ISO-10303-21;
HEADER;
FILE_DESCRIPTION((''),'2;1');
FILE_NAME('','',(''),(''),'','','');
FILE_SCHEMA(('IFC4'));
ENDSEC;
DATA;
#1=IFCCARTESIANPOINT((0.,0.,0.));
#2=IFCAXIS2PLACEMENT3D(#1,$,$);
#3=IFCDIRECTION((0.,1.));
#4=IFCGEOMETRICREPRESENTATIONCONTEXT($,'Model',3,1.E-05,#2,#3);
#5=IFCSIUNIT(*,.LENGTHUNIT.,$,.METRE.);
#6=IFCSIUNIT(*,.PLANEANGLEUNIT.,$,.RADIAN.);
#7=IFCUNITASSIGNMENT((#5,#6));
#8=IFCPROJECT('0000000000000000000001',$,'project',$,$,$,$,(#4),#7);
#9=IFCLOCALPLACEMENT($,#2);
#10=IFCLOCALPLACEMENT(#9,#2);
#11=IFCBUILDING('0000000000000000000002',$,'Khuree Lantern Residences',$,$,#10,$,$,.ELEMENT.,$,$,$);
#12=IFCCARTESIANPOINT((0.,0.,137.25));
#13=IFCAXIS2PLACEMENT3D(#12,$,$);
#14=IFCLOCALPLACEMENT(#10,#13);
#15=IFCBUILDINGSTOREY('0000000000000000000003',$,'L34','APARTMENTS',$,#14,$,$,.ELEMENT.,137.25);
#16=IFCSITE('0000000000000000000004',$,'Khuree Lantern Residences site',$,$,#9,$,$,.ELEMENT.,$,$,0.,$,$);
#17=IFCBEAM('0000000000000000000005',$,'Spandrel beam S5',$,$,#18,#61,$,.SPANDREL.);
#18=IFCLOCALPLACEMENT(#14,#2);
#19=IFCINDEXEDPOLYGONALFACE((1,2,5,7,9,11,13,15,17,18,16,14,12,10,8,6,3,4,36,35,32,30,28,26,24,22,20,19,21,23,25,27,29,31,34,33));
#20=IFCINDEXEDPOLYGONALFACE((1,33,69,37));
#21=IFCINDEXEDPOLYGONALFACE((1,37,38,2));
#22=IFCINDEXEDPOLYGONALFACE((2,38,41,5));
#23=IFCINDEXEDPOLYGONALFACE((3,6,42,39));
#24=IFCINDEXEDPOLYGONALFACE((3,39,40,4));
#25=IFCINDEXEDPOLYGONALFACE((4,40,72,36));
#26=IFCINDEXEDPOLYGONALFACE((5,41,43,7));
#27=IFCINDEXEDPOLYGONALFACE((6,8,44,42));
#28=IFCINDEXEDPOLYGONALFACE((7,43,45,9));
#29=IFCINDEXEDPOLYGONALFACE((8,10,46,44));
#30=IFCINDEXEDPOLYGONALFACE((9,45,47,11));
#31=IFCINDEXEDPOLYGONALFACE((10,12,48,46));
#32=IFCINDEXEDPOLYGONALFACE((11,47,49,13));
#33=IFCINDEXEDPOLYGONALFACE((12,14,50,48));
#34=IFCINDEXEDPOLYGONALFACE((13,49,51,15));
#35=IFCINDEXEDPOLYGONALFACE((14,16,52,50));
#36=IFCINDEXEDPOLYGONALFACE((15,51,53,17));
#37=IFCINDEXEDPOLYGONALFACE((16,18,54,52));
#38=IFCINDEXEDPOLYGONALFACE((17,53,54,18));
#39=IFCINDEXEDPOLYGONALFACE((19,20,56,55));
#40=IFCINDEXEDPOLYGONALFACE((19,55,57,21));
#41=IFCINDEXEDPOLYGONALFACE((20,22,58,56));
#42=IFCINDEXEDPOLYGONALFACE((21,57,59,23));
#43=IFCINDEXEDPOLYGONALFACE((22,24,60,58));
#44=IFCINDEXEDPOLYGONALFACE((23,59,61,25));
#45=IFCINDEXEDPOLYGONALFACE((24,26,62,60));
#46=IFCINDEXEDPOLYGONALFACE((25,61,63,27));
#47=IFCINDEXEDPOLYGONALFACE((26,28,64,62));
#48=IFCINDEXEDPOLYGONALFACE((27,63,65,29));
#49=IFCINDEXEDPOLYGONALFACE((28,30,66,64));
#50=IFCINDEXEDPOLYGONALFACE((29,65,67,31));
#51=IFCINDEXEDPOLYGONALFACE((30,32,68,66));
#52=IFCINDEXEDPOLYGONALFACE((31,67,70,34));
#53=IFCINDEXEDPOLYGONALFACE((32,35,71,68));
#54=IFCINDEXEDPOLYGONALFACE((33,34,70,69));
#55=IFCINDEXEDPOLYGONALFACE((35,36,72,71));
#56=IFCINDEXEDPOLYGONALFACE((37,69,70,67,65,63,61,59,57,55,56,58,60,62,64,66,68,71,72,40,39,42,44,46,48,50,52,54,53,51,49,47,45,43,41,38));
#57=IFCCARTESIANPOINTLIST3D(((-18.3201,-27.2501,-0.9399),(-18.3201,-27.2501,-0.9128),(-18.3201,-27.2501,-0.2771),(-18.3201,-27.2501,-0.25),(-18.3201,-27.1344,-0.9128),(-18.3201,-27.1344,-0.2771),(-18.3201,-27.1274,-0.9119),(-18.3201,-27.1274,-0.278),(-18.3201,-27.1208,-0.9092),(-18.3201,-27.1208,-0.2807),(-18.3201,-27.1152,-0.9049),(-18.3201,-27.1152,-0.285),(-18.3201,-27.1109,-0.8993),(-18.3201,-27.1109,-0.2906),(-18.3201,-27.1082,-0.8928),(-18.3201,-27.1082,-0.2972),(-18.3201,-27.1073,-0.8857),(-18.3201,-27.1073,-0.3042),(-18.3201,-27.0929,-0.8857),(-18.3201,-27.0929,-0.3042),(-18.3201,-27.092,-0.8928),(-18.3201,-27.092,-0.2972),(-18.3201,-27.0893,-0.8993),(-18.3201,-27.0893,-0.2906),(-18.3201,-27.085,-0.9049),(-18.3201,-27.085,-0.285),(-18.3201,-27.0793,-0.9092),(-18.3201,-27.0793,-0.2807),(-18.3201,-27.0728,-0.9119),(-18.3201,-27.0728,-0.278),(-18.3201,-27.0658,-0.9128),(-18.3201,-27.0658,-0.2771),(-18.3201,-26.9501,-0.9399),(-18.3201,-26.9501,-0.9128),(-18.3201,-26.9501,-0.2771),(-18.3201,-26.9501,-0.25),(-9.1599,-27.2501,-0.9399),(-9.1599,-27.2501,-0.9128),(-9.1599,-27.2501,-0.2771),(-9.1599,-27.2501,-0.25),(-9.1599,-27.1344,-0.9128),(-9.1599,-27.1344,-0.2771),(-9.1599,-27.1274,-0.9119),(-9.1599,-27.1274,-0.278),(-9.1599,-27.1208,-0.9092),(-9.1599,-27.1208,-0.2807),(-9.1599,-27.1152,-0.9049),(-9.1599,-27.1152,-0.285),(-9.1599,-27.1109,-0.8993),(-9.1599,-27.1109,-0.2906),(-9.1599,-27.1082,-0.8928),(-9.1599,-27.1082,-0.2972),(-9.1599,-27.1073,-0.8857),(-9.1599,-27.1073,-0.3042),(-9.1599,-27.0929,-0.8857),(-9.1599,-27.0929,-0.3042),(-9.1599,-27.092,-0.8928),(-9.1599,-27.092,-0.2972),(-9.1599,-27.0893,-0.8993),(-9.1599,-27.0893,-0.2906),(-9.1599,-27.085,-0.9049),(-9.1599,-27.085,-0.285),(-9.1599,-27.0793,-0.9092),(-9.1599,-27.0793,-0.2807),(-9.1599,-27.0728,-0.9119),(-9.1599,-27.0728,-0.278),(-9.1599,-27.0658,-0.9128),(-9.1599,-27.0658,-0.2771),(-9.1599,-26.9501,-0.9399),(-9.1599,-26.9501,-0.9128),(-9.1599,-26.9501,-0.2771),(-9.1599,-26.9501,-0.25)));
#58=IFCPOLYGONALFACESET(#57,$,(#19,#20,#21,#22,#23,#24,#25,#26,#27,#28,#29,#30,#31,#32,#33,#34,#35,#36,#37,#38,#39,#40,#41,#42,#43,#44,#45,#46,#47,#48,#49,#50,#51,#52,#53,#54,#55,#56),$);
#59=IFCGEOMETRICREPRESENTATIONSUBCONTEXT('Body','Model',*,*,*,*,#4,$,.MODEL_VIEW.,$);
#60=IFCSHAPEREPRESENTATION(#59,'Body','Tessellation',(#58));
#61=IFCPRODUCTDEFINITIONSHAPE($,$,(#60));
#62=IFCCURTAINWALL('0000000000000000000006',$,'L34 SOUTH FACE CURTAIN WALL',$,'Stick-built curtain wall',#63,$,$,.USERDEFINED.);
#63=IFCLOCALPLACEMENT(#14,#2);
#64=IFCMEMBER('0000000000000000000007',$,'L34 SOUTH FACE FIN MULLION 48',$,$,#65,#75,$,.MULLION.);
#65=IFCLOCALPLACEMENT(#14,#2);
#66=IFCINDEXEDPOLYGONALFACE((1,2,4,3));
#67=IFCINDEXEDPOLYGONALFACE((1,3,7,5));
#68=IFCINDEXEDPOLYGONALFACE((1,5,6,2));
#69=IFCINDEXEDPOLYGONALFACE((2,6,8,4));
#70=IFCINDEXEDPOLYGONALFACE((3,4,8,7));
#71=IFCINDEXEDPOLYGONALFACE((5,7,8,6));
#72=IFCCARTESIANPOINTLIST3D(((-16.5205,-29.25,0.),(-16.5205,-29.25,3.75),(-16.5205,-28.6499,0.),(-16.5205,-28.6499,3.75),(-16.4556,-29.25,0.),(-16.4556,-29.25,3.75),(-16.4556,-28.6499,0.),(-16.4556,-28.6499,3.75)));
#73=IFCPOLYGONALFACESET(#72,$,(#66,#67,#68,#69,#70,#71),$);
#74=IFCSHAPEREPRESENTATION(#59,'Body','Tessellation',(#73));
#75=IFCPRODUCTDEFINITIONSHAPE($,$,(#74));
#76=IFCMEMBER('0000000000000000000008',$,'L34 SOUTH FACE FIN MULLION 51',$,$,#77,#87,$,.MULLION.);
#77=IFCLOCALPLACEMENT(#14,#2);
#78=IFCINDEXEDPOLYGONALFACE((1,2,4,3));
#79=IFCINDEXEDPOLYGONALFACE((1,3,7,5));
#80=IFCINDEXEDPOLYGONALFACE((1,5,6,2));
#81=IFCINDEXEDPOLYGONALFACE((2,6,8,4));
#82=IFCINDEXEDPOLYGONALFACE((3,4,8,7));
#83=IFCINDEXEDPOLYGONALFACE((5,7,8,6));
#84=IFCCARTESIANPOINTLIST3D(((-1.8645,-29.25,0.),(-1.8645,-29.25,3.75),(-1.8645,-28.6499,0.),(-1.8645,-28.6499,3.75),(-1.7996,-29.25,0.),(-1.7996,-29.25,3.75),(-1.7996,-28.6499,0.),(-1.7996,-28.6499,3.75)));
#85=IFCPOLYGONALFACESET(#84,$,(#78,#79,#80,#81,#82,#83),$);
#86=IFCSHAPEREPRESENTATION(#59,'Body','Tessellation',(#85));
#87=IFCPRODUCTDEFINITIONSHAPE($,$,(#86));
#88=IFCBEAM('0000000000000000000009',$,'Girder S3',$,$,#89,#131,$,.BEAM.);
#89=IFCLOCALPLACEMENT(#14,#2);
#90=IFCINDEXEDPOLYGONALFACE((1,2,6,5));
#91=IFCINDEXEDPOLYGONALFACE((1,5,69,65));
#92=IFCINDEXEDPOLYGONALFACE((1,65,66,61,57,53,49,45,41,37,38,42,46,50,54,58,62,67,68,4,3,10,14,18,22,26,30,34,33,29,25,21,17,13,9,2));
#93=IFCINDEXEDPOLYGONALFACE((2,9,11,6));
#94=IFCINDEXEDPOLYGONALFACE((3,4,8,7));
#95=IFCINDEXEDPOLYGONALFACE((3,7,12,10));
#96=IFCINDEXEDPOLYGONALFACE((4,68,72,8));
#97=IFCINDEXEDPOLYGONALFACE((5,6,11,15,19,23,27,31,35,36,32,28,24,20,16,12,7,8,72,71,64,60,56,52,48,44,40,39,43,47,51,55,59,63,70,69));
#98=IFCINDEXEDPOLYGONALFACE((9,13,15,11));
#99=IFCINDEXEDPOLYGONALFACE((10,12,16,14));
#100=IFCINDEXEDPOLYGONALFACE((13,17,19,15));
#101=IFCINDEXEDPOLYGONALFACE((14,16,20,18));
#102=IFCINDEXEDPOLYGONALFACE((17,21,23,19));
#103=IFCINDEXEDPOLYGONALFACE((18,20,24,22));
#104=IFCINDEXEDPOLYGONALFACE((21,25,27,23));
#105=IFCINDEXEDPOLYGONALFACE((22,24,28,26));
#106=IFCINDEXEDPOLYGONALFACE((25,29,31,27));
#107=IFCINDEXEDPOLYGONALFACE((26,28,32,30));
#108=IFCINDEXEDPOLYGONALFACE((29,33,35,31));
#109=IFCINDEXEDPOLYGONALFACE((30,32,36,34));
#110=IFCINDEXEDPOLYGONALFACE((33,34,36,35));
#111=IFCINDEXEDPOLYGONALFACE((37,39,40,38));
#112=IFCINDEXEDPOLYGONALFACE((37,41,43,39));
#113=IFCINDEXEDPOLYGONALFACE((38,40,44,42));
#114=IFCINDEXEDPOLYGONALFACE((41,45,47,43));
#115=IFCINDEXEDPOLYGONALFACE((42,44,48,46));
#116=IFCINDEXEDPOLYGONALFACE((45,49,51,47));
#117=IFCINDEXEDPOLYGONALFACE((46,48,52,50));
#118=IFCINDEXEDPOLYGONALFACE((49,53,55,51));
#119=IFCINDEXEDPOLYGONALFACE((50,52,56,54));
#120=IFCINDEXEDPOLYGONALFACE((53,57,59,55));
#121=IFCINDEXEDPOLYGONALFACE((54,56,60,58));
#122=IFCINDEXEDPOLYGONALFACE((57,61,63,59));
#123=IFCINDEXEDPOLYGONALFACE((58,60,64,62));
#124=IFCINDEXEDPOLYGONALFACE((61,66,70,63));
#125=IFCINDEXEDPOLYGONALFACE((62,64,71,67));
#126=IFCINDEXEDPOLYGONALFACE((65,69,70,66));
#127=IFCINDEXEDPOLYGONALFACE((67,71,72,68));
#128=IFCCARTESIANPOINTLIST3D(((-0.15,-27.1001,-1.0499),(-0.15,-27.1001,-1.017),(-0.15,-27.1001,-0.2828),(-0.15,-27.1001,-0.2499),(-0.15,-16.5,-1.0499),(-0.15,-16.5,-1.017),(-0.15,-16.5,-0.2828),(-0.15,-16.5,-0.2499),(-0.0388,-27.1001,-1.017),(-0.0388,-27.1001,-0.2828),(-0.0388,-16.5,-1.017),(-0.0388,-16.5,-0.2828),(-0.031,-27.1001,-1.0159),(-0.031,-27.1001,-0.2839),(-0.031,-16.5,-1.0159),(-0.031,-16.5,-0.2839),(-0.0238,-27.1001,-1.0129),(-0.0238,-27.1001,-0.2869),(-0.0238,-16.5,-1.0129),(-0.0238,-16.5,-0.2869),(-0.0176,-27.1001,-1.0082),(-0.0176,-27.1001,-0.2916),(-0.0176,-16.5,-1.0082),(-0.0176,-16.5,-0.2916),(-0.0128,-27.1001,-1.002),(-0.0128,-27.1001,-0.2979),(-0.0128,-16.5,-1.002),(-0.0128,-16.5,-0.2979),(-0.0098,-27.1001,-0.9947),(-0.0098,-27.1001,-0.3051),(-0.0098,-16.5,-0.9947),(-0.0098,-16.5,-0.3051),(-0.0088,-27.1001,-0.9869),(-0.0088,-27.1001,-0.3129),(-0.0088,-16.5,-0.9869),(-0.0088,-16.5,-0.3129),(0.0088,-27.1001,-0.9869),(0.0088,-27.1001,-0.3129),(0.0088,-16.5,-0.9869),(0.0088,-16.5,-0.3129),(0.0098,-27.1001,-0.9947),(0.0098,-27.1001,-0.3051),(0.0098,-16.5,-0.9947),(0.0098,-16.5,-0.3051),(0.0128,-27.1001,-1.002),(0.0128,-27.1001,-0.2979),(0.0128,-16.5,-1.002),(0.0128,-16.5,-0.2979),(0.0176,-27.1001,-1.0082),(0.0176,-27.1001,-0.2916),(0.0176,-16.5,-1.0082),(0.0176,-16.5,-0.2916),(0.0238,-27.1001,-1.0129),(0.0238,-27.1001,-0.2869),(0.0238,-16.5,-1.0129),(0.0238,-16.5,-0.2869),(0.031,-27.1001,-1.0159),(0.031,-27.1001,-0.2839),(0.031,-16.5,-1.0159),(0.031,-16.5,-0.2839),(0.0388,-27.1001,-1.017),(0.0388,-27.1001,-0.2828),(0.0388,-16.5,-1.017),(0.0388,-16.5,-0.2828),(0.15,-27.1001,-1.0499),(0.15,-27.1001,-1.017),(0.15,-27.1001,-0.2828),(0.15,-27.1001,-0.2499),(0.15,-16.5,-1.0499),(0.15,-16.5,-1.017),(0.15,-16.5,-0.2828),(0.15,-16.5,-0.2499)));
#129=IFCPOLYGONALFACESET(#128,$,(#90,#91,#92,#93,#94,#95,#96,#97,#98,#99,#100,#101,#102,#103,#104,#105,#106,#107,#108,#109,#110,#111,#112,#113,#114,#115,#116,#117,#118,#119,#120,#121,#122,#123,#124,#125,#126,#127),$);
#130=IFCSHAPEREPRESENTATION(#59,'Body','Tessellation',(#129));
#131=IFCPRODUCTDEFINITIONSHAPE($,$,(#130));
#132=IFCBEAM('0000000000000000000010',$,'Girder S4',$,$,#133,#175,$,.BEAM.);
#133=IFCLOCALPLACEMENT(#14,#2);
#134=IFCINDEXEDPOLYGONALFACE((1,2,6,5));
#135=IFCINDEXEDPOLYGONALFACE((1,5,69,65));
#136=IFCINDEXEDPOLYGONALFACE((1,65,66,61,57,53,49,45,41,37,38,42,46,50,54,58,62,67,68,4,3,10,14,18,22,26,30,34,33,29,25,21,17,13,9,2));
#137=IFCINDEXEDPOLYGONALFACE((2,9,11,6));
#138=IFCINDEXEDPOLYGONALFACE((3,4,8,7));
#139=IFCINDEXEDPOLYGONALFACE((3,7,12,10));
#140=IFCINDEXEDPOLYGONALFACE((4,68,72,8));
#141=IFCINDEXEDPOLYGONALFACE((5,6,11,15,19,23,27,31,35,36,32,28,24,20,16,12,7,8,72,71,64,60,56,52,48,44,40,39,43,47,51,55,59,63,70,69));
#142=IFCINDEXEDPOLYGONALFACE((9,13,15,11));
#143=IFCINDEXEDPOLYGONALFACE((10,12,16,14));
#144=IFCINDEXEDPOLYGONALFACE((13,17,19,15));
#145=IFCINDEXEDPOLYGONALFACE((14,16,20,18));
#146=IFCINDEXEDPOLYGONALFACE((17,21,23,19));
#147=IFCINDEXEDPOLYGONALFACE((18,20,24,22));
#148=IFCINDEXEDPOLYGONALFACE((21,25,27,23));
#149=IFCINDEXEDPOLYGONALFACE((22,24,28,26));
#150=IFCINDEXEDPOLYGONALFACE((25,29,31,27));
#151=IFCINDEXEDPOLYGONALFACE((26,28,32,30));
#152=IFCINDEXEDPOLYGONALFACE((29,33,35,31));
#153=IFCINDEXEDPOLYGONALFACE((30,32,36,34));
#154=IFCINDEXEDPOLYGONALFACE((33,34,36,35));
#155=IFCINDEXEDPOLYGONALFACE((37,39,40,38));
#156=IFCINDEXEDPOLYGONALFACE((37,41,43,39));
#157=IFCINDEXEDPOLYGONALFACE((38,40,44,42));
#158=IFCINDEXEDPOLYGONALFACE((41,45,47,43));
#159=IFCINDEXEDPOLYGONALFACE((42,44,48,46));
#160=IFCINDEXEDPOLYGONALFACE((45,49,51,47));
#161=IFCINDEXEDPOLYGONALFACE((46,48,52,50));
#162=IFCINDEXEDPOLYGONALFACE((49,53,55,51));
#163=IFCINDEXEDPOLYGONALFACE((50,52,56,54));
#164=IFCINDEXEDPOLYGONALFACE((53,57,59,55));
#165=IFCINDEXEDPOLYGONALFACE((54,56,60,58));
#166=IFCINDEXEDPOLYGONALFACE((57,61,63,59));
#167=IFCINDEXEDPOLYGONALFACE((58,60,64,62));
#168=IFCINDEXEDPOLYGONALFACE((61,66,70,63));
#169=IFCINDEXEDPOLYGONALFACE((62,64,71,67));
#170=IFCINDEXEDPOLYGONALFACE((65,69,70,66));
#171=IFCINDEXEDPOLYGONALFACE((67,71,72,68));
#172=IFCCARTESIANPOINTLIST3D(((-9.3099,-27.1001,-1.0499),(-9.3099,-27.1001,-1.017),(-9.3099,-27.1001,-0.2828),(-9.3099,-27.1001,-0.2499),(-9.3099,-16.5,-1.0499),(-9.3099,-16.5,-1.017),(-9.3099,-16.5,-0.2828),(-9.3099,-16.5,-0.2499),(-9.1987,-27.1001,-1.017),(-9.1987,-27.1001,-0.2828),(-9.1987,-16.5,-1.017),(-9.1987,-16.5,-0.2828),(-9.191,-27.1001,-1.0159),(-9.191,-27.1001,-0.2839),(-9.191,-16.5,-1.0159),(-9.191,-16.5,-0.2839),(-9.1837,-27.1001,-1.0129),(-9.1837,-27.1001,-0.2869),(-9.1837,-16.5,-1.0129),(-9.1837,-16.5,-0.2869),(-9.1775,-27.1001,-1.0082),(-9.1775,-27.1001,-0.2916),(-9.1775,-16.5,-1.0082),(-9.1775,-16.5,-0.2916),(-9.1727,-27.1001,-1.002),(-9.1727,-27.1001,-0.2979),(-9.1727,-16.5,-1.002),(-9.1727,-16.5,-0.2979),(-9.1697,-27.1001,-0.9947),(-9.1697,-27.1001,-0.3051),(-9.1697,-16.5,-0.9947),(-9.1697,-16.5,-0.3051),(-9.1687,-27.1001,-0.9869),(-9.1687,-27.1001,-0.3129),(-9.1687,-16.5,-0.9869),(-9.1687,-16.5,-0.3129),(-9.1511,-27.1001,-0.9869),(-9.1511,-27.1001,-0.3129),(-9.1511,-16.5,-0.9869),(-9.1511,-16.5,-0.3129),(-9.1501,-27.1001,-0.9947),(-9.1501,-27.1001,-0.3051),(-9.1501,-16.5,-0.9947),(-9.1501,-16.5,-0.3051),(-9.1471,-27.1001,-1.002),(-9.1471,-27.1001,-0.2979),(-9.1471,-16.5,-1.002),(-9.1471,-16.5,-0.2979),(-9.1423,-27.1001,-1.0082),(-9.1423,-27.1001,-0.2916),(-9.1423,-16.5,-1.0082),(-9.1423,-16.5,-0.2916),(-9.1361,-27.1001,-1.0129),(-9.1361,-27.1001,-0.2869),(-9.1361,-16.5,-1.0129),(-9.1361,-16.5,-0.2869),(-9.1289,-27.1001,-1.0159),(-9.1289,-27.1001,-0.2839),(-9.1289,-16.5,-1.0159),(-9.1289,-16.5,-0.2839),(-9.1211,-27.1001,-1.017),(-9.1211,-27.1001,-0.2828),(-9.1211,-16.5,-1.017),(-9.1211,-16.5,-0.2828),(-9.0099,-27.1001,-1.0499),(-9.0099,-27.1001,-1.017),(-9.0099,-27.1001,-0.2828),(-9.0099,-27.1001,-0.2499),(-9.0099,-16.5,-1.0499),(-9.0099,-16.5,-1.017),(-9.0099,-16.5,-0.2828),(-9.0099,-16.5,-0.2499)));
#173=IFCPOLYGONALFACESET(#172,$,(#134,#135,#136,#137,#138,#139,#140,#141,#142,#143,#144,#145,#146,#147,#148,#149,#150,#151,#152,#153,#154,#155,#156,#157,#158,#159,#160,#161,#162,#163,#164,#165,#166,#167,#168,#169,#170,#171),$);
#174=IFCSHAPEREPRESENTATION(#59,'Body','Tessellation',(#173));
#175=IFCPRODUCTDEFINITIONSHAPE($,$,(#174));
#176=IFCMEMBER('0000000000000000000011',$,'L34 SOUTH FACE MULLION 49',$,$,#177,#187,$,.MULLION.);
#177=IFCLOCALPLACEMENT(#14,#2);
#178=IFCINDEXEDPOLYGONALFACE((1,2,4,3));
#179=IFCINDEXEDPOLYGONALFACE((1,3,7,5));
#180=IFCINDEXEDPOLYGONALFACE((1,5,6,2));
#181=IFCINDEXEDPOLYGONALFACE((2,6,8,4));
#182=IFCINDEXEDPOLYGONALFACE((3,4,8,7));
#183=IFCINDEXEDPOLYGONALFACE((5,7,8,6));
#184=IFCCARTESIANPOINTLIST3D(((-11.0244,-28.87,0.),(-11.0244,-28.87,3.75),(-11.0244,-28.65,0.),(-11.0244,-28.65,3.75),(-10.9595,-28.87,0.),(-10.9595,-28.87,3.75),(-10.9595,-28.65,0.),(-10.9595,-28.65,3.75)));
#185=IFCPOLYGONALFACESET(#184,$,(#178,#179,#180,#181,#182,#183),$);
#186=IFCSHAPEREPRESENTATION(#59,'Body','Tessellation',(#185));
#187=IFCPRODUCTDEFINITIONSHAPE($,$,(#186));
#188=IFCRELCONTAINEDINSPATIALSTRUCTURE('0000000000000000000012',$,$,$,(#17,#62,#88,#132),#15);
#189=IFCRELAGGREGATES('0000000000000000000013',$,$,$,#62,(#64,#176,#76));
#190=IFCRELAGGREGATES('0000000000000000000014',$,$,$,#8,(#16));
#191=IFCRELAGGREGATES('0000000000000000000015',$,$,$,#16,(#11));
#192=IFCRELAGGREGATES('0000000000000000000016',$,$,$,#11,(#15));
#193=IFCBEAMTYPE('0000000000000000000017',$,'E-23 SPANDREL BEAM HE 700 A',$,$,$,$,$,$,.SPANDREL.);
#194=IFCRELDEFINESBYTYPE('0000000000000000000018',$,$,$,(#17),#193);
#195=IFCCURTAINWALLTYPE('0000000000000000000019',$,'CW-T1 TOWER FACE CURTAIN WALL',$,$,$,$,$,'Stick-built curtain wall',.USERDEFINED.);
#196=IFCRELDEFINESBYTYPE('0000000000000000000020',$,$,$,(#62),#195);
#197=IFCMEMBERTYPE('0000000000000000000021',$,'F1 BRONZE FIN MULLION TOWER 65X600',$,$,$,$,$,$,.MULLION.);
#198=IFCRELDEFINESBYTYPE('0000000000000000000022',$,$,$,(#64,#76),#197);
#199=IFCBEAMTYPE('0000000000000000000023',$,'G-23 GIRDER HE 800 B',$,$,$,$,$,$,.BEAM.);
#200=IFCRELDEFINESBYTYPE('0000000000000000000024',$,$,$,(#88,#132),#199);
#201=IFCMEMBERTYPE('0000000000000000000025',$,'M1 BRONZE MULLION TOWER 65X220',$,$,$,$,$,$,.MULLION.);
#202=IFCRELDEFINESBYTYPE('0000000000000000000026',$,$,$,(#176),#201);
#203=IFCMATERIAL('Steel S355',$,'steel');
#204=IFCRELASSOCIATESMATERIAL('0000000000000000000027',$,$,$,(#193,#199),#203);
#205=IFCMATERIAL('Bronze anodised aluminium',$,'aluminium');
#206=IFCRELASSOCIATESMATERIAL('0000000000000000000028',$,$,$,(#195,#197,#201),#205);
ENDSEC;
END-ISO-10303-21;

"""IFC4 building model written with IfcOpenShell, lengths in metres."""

from ifc_helpers import new_model, si_unit, direction, frame, origin, origin_2d, place, context, subcontext, project, spatial, rectangle, i_section, extrude, material, material_profile, profile_set, type_object, element, aggregate, save


model = new_model("IFC4")

# Units and contexts
model_context = context("Model", 3, precision=1e-05, world=origin(), true_north=direction((0.0, 1.0)))
body_context = subcontext(model_context, "Body", "Model", "MODEL_VIEW")
ifc_project = project(units=[si_unit("LENGTHUNIT", "METRE"), si_unit("PLANEANGLEUNIT", "RADIAN")], contexts=[model_context])

# Site, building, storey
site_placement = place(None, origin())
site = spatial("IfcSite", under=ifc_project, at=site_placement, Name="Khuree Lantern Residences site", CompositionType="ELEMENT", RefElevation=0.0)
building_placement = place(site_placement, origin())
building = spatial("IfcBuilding", under=site, at=building_placement, Name="Khuree Lantern Residences", CompositionType="ELEMENT")
storey_placement = place(building_placement, frame((0.0, 0.0, 137.25)))
storey = spatial("IfcBuildingStorey", under=building, at=storey_placement, Name="L34", Description="APARTMENTS", CompositionType="ELEMENT", Elevation=137.25)

# Beam
ifc_material_1 = material(Name="Steel S355", Category="steel")
ifc_material_profile_1 = material_profile(ifc_material_1, i_section(OverallWidth=0.3, OverallDepth=0.6899, WebThickness=0.0144, FlangeThickness=0.0271, FilletRadius=0.0271, at=origin_2d()), Name="HE 700 A")
ifc_profile_set_1 = profile_set([ifc_material_profile_1], Name="Steel S355")
beam_type_1 = type_object("IfcBeamType", Name="E-23 SPANDREL BEAM HE 700 A", PredefinedType="SPANDREL", material=ifc_profile_set_1)
beam_1_placement = place(storey_placement, frame((-9.1599, -27.1001, -0.595), z_axis=(-1.0, 0.0, 0.0), x_axis=(0.0, -1.0, 0.0)))
element("IfcBeam", 1, at=beam_1_placement, inside=storey, type_object=beam_type_1, Name="Spandrel beam S5", PredefinedType="SPANDREL", context=body_context, shape_type="SweptSolid", body=[
    extrude(i_section(OverallWidth=0.3, OverallDepth=0.6899, WebThickness=0.0144, FlangeThickness=0.0271, FilletRadius=0.0271, at=origin_2d()), origin(), (0.0, 0.0, 1.0), 9.1602),
])

# Curtain wall, members
ifc_material_2 = material(Name="Bronze anodised aluminium", Category="aluminium")
curtain_wall_type = type_object("IfcCurtainWallType", Name="CW-T1 TOWER FACE CURTAIN WALL", ElementType="Stick-built curtain wall", PredefinedType="USERDEFINED", material=ifc_material_2)
curtain_wall_placement = place(storey_placement, origin())
curtain_wall = element("IfcCurtainWall", 2, at=curtain_wall_placement, inside=storey, type_object=curtain_wall_type, Name="L34 SOUTH FACE CURTAIN WALL", ObjectType="Stick-built curtain wall", PredefinedType="USERDEFINED")
ifc_material_profile_2 = material_profile(ifc_material_2, rectangle(XDim=0.0649, YDim=0.6001, at=origin_2d()), Name="F1 65X600")
ifc_profile_set_2 = profile_set([ifc_material_profile_2], Name="Bronze anodised aluminium")
member_type_1 = type_object("IfcMemberType", Name="F1 BRONZE FIN MULLION TOWER 65X600", PredefinedType="MULLION", material=ifc_profile_set_2)
member_1_placement = place(storey_placement, frame((-16.488, -28.95, 0.0), z_axis=(0.0, 0.0, 1.0), x_axis=(1.0, 0.0, 0.0)))
member_1 = element("IfcMember", 3, at=member_1_placement, type_object=member_type_1, Name="L34 SOUTH FACE FIN MULLION 48", PredefinedType="MULLION", context=body_context, shape_type="SweptSolid", body=[
    extrude(rectangle(XDim=0.0649, YDim=0.6001, at=origin_2d()), origin(), (0.0, 0.0, 1.0), 3.75),
])
member_2_placement = place(storey_placement, frame((-1.832, -28.95, 0.0), z_axis=(0.0, 0.0, 1.0), x_axis=(1.0, 0.0, 0.0)))
member_2 = element("IfcMember", 4, at=member_2_placement, type_object=member_type_1, Name="L34 SOUTH FACE FIN MULLION 51", PredefinedType="MULLION", context=body_context, shape_type="SweptSolid", body=[
    extrude(rectangle(XDim=0.0649, YDim=0.6001, at=origin_2d()), origin(), (0.0, 0.0, 1.0), 3.75),
])

# Beams
ifc_material_profile_3 = material_profile(ifc_material_1, i_section(OverallWidth=0.3, OverallDepth=0.8, WebThickness=0.0176, FlangeThickness=0.033, FilletRadius=0.03, at=origin_2d()), Name="HE 800 B")
ifc_profile_set_3 = profile_set([ifc_material_profile_3], Name="Steel S355")
beam_type_2 = type_object("IfcBeamType", Name="G-23 GIRDER HE 800 B", PredefinedType="BEAM", material=ifc_profile_set_3)
for number, where, z_axis, x_axis, name in (
    (5, (0.0, -27.1001, -0.6499), (0.0, 1.0, 0.0), (-1.0, 0.0, 0.0), "Girder S3"),
    (6, (-9.1599, -27.1001, -0.6499), (0.0, 1.0, 0.0), (-1.0, 0.0, 0.0), "Girder S4"),
):
    element("IfcBeam", number, at=place(storey_placement, frame(where, z_axis=z_axis, x_axis=x_axis)), inside=storey, type_object=beam_type_2, Name=name, PredefinedType="BEAM", context=body_context, shape_type="SweptSolid", body=[
        extrude(i_section(OverallWidth=0.3, OverallDepth=0.8, WebThickness=0.0176, FlangeThickness=0.033, FilletRadius=0.03, at=origin_2d()), origin(), (0.0, 0.0, 1.0), 10.6001),
    ])

# Member
ifc_material_profile_4 = material_profile(ifc_material_2, rectangle(XDim=0.0649, YDim=0.22, at=origin_2d()), Name="M1 65X220")
ifc_profile_set_4 = profile_set([ifc_material_profile_4], Name="Bronze anodised aluminium")
member_type_2 = type_object("IfcMemberType", Name="M1 BRONZE MULLION TOWER 65X220", PredefinedType="MULLION", material=ifc_profile_set_4)
member_3_placement = place(storey_placement, frame((-10.9919, -28.76, 0.0), z_axis=(0.0, 0.0, 1.0), x_axis=(1.0, 0.0, 0.0)))
member_3 = element("IfcMember", 7, at=member_3_placement, type_object=member_type_2, Name="L34 SOUTH FACE MULLION 49", PredefinedType="MULLION", context=body_context, shape_type="SweptSolid", body=[
    extrude(rectangle(XDim=0.0649, YDim=0.22, at=origin_2d()), origin(), (0.0, 0.0, 1.0), 3.75),
])

aggregate(curtain_wall, [member_1, member_3, member_2])

save(model, "model.ifc")
